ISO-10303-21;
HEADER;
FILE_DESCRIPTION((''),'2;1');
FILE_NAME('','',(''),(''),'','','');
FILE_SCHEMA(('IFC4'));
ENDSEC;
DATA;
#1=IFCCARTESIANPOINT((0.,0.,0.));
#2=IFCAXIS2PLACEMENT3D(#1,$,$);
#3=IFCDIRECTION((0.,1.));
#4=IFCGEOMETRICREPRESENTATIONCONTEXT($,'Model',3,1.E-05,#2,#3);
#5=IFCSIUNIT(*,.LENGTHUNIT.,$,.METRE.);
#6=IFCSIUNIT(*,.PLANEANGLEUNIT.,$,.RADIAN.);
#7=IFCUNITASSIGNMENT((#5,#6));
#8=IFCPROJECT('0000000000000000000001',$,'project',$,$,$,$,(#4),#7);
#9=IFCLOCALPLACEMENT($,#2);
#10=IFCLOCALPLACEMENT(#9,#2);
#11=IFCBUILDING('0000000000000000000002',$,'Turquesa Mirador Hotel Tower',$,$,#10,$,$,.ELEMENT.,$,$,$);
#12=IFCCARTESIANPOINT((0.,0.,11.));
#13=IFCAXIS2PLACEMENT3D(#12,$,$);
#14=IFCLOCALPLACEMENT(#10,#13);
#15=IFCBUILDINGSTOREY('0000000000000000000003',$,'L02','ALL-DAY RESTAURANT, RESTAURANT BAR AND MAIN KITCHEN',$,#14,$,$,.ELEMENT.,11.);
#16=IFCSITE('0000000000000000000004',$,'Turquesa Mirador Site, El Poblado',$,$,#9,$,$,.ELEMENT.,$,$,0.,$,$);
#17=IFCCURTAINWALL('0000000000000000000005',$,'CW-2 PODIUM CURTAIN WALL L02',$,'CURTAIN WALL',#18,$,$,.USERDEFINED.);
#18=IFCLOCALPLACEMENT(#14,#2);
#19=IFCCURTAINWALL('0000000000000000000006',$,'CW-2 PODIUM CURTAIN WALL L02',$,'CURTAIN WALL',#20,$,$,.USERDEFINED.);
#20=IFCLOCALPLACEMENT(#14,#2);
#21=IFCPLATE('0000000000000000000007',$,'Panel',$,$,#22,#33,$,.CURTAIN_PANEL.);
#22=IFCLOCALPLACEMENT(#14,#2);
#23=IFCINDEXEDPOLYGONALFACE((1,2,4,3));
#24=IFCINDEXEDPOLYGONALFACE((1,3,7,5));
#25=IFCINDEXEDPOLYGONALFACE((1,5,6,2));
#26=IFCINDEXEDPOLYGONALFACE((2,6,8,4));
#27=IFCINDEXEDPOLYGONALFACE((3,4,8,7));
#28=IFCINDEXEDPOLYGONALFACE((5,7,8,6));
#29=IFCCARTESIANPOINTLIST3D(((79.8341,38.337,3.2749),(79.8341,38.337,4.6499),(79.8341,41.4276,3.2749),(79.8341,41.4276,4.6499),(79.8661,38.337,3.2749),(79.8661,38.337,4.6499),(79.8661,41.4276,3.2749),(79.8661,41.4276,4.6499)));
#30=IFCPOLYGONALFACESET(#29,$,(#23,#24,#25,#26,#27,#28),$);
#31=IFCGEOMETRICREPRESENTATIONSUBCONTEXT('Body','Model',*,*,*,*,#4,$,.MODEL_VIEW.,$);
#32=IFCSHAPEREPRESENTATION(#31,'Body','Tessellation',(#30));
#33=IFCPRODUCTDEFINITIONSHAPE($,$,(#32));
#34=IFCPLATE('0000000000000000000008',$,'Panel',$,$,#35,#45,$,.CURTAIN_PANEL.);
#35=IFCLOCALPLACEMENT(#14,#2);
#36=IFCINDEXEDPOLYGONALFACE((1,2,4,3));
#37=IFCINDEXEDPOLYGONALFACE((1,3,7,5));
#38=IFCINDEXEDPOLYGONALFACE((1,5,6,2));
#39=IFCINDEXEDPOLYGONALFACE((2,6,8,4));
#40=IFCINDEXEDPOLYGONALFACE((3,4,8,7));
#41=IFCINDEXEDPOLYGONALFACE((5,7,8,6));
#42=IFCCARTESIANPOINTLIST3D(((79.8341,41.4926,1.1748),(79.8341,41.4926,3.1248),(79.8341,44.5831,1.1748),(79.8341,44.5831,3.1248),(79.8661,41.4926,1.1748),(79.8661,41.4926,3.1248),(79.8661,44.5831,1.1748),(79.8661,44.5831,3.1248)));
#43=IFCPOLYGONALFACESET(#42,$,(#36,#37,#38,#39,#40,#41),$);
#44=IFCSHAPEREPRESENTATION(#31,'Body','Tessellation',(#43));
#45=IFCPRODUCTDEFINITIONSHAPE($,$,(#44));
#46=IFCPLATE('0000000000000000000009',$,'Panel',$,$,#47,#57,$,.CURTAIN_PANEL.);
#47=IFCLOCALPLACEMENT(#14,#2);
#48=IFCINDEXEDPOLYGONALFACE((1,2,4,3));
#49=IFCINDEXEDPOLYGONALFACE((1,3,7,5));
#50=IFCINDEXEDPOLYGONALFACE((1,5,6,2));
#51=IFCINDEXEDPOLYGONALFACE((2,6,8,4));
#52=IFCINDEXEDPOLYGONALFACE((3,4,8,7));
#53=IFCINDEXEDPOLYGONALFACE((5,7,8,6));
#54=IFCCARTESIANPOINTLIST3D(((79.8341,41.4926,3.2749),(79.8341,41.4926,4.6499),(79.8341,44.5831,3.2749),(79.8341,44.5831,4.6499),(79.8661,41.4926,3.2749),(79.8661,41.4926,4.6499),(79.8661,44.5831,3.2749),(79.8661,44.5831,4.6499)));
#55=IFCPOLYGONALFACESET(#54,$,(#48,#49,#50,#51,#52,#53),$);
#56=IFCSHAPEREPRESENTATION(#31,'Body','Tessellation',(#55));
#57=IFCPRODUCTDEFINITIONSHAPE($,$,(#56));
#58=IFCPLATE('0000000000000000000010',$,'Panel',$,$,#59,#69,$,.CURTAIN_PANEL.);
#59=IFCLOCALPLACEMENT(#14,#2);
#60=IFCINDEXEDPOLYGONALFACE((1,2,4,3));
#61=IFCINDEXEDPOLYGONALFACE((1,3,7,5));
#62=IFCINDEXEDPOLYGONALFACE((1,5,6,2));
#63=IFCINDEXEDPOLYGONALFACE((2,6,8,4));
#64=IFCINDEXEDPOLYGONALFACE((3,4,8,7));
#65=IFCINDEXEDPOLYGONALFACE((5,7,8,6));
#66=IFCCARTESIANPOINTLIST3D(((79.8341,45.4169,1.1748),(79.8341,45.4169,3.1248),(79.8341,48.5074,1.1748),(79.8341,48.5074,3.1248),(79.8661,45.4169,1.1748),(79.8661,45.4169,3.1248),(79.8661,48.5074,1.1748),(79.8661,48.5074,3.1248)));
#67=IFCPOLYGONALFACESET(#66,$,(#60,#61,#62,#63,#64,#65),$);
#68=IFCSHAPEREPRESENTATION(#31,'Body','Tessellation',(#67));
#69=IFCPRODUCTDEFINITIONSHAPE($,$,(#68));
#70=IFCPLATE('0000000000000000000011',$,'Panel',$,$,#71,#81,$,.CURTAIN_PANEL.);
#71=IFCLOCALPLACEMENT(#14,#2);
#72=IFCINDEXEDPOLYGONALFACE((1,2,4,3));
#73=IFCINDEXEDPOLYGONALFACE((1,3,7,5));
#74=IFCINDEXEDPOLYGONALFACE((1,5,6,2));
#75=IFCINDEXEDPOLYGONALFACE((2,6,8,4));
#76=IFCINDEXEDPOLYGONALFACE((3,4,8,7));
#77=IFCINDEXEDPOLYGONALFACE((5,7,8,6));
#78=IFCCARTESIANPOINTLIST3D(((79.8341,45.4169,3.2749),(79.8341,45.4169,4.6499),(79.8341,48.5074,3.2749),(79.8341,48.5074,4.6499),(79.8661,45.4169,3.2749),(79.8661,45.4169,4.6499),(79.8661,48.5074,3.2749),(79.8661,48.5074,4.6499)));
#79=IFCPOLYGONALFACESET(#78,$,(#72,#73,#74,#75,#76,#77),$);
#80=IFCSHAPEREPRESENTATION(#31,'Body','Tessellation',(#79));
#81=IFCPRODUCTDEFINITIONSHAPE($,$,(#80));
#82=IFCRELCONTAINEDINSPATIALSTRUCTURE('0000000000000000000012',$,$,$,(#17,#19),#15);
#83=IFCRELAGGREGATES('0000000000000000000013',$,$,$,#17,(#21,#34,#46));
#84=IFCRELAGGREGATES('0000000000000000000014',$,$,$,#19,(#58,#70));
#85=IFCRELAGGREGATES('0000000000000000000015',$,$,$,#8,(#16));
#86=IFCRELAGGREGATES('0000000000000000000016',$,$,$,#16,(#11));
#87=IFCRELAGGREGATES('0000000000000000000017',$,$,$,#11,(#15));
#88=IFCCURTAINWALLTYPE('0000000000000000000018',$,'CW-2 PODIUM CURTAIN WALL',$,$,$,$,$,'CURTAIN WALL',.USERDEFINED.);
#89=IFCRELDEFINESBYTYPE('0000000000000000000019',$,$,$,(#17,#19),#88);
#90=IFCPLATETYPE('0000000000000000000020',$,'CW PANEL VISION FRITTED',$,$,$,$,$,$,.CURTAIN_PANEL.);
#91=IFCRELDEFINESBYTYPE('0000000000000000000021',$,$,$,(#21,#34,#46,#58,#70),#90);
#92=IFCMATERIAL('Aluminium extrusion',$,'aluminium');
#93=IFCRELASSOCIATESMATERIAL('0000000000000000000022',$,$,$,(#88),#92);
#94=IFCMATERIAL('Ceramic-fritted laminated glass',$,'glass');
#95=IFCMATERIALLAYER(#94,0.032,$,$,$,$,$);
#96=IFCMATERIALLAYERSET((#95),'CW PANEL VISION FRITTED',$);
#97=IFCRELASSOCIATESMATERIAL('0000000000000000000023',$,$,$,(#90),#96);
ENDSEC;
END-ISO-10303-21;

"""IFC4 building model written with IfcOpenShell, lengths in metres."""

from ifc_helpers import new_model, si_unit, direction, frame, origin, origin_2d, place, context, subcontext, project, spatial, rectangle, extrude, material, layer, layer_set, type_object, element, aggregate, save


model = new_model("IFC4")

# Units and contexts
model_context = context("Model", 3, precision=1e-05, world=origin(), true_north=direction((0.0, 1.0)))
body_context = subcontext(model_context, "Body", "Model", "MODEL_VIEW")
ifc_project = project(units=[si_unit("LENGTHUNIT", "METRE"), si_unit("PLANEANGLEUNIT", "RADIAN")], contexts=[model_context])

# Site, building, storey
site_placement = place(None, origin())
site = spatial("IfcSite", under=ifc_project, at=site_placement, Name="Turquesa Mirador Site, El Poblado", CompositionType="ELEMENT", RefElevation=0.0)
building_placement = place(site_placement, origin())
building = spatial("IfcBuilding", under=site, at=building_placement, Name="Turquesa Mirador Hotel Tower", CompositionType="ELEMENT")
storey_placement = place(building_placement, frame((0.0, 0.0, 11.0)))
storey = spatial("IfcBuildingStorey", under=building, at=storey_placement, Name="L02", Description="ALL-DAY RESTAURANT, RESTAURANT BAR AND MAIN KITCHEN", CompositionType="ELEMENT", Elevation=11.0)

# Shared definitions
ifc_material_1 = material(Name="Aluminium extrusion", Category="aluminium")
curtain_wall_type = type_object("IfcCurtainWallType", Name="CW-2 PODIUM CURTAIN WALL", ElementType="CURTAIN WALL", PredefinedType="USERDEFINED", material=ifc_material_1)

# Curtain walls
curtain_wall_1_placement = place(storey_placement, origin())
curtain_wall_1 = element("IfcCurtainWall", 1, at=curtain_wall_1_placement, inside=storey, type_object=curtain_wall_type, Name="CW-2 PODIUM CURTAIN WALL L02", ObjectType="CURTAIN WALL", PredefinedType="USERDEFINED")
curtain_wall_2_placement = place(storey_placement, origin())
curtain_wall_2 = element("IfcCurtainWall", 2, at=curtain_wall_2_placement, inside=storey, type_object=curtain_wall_type, Name="CW-2 PODIUM CURTAIN WALL L02", ObjectType="CURTAIN WALL", PredefinedType="USERDEFINED")

# Plates
ifc_material_2 = material(Name="Ceramic-fritted laminated glass", Category="glass")
ifc_layer_1 = layer(ifc_material_2, 0.032)
ifc_layer_set_1 = layer_set([ifc_layer_1], Name="CW PANEL VISION FRITTED")
plate_type_1 = type_object("IfcPlateType", Name="CW PANEL VISION FRITTED", PredefinedType="CURTAIN_PANEL", material=ifc_layer_set_1)
plate_1_placement = place(storey_placement, frame((79.8501, 39.8823, 3.2749), z_axis=(0.0, 0.0, 1.0), x_axis=(0.0, 1.0, 0.0)))
plate_1 = element("IfcPlate", 3, at=plate_1_placement, type_object=plate_type_1, Name="Panel", PredefinedType="CURTAIN_PANEL", context=body_context, shape_type="SweptSolid", body=[
    extrude(rectangle(XDim=3.0906, YDim=0.032, at=origin_2d()), origin(), (0.0, 0.0, 1.0), 1.375),
])
plate_2_placement = place(storey_placement, frame((79.8501, 43.0378, 1.1748), z_axis=(0.0, 0.0, 1.0), x_axis=(0.0, 1.0, 0.0)))
plate_2 = element("IfcPlate", 4, at=plate_2_placement, type_object=plate_type_1, Name="Panel", PredefinedType="CURTAIN_PANEL", context=body_context, shape_type="SweptSolid", body=[
    extrude(rectangle(XDim=3.0906, YDim=0.032, at=origin_2d()), origin(), (0.0, 0.0, 1.0), 1.95),
])
plate_3_placement = place(storey_placement, frame((79.8501, 43.0378, 3.2749), z_axis=(0.0, 0.0, 1.0), x_axis=(0.0, 1.0, 0.0)))
plate_3 = element("IfcPlate", 5, at=plate_3_placement, type_object=plate_type_1, Name="Panel", PredefinedType="CURTAIN_PANEL", context=body_context, shape_type="SweptSolid", body=[
    extrude(rectangle(XDim=3.0906, YDim=0.032, at=origin_2d()), origin(), (0.0, 0.0, 1.0), 1.375),
])
aggregate(curtain_wall_1, [plate_1, plate_2, plate_3])
plate_4_placement = place(storey_placement, frame((79.8501, 46.9622, 1.1748), z_axis=(0.0, 0.0, 1.0), x_axis=(0.0, 1.0, 0.0)))
plate_4 = element("IfcPlate", 6, at=plate_4_placement, type_object=plate_type_1, Name="Panel", PredefinedType="CURTAIN_PANEL", context=body_context, shape_type="SweptSolid", body=[
    extrude(rectangle(XDim=3.0906, YDim=0.032, at=origin_2d()), origin(), (0.0, 0.0, 1.0), 1.95),
])
plate_5_placement = place(storey_placement, frame((79.8501, 46.9622, 3.2749), z_axis=(0.0, 0.0, 1.0), x_axis=(0.0, 1.0, 0.0)))
plate_5 = element("IfcPlate", 7, at=plate_5_placement, type_object=plate_type_1, Name="Panel", PredefinedType="CURTAIN_PANEL", context=body_context, shape_type="SweptSolid", body=[
    extrude(rectangle(XDim=3.0906, YDim=0.032, at=origin_2d()), origin(), (0.0, 0.0, 1.0), 1.375),
])
aggregate(curtain_wall_2, [plate_4, plate_5])

save(model, "model.ifc")
